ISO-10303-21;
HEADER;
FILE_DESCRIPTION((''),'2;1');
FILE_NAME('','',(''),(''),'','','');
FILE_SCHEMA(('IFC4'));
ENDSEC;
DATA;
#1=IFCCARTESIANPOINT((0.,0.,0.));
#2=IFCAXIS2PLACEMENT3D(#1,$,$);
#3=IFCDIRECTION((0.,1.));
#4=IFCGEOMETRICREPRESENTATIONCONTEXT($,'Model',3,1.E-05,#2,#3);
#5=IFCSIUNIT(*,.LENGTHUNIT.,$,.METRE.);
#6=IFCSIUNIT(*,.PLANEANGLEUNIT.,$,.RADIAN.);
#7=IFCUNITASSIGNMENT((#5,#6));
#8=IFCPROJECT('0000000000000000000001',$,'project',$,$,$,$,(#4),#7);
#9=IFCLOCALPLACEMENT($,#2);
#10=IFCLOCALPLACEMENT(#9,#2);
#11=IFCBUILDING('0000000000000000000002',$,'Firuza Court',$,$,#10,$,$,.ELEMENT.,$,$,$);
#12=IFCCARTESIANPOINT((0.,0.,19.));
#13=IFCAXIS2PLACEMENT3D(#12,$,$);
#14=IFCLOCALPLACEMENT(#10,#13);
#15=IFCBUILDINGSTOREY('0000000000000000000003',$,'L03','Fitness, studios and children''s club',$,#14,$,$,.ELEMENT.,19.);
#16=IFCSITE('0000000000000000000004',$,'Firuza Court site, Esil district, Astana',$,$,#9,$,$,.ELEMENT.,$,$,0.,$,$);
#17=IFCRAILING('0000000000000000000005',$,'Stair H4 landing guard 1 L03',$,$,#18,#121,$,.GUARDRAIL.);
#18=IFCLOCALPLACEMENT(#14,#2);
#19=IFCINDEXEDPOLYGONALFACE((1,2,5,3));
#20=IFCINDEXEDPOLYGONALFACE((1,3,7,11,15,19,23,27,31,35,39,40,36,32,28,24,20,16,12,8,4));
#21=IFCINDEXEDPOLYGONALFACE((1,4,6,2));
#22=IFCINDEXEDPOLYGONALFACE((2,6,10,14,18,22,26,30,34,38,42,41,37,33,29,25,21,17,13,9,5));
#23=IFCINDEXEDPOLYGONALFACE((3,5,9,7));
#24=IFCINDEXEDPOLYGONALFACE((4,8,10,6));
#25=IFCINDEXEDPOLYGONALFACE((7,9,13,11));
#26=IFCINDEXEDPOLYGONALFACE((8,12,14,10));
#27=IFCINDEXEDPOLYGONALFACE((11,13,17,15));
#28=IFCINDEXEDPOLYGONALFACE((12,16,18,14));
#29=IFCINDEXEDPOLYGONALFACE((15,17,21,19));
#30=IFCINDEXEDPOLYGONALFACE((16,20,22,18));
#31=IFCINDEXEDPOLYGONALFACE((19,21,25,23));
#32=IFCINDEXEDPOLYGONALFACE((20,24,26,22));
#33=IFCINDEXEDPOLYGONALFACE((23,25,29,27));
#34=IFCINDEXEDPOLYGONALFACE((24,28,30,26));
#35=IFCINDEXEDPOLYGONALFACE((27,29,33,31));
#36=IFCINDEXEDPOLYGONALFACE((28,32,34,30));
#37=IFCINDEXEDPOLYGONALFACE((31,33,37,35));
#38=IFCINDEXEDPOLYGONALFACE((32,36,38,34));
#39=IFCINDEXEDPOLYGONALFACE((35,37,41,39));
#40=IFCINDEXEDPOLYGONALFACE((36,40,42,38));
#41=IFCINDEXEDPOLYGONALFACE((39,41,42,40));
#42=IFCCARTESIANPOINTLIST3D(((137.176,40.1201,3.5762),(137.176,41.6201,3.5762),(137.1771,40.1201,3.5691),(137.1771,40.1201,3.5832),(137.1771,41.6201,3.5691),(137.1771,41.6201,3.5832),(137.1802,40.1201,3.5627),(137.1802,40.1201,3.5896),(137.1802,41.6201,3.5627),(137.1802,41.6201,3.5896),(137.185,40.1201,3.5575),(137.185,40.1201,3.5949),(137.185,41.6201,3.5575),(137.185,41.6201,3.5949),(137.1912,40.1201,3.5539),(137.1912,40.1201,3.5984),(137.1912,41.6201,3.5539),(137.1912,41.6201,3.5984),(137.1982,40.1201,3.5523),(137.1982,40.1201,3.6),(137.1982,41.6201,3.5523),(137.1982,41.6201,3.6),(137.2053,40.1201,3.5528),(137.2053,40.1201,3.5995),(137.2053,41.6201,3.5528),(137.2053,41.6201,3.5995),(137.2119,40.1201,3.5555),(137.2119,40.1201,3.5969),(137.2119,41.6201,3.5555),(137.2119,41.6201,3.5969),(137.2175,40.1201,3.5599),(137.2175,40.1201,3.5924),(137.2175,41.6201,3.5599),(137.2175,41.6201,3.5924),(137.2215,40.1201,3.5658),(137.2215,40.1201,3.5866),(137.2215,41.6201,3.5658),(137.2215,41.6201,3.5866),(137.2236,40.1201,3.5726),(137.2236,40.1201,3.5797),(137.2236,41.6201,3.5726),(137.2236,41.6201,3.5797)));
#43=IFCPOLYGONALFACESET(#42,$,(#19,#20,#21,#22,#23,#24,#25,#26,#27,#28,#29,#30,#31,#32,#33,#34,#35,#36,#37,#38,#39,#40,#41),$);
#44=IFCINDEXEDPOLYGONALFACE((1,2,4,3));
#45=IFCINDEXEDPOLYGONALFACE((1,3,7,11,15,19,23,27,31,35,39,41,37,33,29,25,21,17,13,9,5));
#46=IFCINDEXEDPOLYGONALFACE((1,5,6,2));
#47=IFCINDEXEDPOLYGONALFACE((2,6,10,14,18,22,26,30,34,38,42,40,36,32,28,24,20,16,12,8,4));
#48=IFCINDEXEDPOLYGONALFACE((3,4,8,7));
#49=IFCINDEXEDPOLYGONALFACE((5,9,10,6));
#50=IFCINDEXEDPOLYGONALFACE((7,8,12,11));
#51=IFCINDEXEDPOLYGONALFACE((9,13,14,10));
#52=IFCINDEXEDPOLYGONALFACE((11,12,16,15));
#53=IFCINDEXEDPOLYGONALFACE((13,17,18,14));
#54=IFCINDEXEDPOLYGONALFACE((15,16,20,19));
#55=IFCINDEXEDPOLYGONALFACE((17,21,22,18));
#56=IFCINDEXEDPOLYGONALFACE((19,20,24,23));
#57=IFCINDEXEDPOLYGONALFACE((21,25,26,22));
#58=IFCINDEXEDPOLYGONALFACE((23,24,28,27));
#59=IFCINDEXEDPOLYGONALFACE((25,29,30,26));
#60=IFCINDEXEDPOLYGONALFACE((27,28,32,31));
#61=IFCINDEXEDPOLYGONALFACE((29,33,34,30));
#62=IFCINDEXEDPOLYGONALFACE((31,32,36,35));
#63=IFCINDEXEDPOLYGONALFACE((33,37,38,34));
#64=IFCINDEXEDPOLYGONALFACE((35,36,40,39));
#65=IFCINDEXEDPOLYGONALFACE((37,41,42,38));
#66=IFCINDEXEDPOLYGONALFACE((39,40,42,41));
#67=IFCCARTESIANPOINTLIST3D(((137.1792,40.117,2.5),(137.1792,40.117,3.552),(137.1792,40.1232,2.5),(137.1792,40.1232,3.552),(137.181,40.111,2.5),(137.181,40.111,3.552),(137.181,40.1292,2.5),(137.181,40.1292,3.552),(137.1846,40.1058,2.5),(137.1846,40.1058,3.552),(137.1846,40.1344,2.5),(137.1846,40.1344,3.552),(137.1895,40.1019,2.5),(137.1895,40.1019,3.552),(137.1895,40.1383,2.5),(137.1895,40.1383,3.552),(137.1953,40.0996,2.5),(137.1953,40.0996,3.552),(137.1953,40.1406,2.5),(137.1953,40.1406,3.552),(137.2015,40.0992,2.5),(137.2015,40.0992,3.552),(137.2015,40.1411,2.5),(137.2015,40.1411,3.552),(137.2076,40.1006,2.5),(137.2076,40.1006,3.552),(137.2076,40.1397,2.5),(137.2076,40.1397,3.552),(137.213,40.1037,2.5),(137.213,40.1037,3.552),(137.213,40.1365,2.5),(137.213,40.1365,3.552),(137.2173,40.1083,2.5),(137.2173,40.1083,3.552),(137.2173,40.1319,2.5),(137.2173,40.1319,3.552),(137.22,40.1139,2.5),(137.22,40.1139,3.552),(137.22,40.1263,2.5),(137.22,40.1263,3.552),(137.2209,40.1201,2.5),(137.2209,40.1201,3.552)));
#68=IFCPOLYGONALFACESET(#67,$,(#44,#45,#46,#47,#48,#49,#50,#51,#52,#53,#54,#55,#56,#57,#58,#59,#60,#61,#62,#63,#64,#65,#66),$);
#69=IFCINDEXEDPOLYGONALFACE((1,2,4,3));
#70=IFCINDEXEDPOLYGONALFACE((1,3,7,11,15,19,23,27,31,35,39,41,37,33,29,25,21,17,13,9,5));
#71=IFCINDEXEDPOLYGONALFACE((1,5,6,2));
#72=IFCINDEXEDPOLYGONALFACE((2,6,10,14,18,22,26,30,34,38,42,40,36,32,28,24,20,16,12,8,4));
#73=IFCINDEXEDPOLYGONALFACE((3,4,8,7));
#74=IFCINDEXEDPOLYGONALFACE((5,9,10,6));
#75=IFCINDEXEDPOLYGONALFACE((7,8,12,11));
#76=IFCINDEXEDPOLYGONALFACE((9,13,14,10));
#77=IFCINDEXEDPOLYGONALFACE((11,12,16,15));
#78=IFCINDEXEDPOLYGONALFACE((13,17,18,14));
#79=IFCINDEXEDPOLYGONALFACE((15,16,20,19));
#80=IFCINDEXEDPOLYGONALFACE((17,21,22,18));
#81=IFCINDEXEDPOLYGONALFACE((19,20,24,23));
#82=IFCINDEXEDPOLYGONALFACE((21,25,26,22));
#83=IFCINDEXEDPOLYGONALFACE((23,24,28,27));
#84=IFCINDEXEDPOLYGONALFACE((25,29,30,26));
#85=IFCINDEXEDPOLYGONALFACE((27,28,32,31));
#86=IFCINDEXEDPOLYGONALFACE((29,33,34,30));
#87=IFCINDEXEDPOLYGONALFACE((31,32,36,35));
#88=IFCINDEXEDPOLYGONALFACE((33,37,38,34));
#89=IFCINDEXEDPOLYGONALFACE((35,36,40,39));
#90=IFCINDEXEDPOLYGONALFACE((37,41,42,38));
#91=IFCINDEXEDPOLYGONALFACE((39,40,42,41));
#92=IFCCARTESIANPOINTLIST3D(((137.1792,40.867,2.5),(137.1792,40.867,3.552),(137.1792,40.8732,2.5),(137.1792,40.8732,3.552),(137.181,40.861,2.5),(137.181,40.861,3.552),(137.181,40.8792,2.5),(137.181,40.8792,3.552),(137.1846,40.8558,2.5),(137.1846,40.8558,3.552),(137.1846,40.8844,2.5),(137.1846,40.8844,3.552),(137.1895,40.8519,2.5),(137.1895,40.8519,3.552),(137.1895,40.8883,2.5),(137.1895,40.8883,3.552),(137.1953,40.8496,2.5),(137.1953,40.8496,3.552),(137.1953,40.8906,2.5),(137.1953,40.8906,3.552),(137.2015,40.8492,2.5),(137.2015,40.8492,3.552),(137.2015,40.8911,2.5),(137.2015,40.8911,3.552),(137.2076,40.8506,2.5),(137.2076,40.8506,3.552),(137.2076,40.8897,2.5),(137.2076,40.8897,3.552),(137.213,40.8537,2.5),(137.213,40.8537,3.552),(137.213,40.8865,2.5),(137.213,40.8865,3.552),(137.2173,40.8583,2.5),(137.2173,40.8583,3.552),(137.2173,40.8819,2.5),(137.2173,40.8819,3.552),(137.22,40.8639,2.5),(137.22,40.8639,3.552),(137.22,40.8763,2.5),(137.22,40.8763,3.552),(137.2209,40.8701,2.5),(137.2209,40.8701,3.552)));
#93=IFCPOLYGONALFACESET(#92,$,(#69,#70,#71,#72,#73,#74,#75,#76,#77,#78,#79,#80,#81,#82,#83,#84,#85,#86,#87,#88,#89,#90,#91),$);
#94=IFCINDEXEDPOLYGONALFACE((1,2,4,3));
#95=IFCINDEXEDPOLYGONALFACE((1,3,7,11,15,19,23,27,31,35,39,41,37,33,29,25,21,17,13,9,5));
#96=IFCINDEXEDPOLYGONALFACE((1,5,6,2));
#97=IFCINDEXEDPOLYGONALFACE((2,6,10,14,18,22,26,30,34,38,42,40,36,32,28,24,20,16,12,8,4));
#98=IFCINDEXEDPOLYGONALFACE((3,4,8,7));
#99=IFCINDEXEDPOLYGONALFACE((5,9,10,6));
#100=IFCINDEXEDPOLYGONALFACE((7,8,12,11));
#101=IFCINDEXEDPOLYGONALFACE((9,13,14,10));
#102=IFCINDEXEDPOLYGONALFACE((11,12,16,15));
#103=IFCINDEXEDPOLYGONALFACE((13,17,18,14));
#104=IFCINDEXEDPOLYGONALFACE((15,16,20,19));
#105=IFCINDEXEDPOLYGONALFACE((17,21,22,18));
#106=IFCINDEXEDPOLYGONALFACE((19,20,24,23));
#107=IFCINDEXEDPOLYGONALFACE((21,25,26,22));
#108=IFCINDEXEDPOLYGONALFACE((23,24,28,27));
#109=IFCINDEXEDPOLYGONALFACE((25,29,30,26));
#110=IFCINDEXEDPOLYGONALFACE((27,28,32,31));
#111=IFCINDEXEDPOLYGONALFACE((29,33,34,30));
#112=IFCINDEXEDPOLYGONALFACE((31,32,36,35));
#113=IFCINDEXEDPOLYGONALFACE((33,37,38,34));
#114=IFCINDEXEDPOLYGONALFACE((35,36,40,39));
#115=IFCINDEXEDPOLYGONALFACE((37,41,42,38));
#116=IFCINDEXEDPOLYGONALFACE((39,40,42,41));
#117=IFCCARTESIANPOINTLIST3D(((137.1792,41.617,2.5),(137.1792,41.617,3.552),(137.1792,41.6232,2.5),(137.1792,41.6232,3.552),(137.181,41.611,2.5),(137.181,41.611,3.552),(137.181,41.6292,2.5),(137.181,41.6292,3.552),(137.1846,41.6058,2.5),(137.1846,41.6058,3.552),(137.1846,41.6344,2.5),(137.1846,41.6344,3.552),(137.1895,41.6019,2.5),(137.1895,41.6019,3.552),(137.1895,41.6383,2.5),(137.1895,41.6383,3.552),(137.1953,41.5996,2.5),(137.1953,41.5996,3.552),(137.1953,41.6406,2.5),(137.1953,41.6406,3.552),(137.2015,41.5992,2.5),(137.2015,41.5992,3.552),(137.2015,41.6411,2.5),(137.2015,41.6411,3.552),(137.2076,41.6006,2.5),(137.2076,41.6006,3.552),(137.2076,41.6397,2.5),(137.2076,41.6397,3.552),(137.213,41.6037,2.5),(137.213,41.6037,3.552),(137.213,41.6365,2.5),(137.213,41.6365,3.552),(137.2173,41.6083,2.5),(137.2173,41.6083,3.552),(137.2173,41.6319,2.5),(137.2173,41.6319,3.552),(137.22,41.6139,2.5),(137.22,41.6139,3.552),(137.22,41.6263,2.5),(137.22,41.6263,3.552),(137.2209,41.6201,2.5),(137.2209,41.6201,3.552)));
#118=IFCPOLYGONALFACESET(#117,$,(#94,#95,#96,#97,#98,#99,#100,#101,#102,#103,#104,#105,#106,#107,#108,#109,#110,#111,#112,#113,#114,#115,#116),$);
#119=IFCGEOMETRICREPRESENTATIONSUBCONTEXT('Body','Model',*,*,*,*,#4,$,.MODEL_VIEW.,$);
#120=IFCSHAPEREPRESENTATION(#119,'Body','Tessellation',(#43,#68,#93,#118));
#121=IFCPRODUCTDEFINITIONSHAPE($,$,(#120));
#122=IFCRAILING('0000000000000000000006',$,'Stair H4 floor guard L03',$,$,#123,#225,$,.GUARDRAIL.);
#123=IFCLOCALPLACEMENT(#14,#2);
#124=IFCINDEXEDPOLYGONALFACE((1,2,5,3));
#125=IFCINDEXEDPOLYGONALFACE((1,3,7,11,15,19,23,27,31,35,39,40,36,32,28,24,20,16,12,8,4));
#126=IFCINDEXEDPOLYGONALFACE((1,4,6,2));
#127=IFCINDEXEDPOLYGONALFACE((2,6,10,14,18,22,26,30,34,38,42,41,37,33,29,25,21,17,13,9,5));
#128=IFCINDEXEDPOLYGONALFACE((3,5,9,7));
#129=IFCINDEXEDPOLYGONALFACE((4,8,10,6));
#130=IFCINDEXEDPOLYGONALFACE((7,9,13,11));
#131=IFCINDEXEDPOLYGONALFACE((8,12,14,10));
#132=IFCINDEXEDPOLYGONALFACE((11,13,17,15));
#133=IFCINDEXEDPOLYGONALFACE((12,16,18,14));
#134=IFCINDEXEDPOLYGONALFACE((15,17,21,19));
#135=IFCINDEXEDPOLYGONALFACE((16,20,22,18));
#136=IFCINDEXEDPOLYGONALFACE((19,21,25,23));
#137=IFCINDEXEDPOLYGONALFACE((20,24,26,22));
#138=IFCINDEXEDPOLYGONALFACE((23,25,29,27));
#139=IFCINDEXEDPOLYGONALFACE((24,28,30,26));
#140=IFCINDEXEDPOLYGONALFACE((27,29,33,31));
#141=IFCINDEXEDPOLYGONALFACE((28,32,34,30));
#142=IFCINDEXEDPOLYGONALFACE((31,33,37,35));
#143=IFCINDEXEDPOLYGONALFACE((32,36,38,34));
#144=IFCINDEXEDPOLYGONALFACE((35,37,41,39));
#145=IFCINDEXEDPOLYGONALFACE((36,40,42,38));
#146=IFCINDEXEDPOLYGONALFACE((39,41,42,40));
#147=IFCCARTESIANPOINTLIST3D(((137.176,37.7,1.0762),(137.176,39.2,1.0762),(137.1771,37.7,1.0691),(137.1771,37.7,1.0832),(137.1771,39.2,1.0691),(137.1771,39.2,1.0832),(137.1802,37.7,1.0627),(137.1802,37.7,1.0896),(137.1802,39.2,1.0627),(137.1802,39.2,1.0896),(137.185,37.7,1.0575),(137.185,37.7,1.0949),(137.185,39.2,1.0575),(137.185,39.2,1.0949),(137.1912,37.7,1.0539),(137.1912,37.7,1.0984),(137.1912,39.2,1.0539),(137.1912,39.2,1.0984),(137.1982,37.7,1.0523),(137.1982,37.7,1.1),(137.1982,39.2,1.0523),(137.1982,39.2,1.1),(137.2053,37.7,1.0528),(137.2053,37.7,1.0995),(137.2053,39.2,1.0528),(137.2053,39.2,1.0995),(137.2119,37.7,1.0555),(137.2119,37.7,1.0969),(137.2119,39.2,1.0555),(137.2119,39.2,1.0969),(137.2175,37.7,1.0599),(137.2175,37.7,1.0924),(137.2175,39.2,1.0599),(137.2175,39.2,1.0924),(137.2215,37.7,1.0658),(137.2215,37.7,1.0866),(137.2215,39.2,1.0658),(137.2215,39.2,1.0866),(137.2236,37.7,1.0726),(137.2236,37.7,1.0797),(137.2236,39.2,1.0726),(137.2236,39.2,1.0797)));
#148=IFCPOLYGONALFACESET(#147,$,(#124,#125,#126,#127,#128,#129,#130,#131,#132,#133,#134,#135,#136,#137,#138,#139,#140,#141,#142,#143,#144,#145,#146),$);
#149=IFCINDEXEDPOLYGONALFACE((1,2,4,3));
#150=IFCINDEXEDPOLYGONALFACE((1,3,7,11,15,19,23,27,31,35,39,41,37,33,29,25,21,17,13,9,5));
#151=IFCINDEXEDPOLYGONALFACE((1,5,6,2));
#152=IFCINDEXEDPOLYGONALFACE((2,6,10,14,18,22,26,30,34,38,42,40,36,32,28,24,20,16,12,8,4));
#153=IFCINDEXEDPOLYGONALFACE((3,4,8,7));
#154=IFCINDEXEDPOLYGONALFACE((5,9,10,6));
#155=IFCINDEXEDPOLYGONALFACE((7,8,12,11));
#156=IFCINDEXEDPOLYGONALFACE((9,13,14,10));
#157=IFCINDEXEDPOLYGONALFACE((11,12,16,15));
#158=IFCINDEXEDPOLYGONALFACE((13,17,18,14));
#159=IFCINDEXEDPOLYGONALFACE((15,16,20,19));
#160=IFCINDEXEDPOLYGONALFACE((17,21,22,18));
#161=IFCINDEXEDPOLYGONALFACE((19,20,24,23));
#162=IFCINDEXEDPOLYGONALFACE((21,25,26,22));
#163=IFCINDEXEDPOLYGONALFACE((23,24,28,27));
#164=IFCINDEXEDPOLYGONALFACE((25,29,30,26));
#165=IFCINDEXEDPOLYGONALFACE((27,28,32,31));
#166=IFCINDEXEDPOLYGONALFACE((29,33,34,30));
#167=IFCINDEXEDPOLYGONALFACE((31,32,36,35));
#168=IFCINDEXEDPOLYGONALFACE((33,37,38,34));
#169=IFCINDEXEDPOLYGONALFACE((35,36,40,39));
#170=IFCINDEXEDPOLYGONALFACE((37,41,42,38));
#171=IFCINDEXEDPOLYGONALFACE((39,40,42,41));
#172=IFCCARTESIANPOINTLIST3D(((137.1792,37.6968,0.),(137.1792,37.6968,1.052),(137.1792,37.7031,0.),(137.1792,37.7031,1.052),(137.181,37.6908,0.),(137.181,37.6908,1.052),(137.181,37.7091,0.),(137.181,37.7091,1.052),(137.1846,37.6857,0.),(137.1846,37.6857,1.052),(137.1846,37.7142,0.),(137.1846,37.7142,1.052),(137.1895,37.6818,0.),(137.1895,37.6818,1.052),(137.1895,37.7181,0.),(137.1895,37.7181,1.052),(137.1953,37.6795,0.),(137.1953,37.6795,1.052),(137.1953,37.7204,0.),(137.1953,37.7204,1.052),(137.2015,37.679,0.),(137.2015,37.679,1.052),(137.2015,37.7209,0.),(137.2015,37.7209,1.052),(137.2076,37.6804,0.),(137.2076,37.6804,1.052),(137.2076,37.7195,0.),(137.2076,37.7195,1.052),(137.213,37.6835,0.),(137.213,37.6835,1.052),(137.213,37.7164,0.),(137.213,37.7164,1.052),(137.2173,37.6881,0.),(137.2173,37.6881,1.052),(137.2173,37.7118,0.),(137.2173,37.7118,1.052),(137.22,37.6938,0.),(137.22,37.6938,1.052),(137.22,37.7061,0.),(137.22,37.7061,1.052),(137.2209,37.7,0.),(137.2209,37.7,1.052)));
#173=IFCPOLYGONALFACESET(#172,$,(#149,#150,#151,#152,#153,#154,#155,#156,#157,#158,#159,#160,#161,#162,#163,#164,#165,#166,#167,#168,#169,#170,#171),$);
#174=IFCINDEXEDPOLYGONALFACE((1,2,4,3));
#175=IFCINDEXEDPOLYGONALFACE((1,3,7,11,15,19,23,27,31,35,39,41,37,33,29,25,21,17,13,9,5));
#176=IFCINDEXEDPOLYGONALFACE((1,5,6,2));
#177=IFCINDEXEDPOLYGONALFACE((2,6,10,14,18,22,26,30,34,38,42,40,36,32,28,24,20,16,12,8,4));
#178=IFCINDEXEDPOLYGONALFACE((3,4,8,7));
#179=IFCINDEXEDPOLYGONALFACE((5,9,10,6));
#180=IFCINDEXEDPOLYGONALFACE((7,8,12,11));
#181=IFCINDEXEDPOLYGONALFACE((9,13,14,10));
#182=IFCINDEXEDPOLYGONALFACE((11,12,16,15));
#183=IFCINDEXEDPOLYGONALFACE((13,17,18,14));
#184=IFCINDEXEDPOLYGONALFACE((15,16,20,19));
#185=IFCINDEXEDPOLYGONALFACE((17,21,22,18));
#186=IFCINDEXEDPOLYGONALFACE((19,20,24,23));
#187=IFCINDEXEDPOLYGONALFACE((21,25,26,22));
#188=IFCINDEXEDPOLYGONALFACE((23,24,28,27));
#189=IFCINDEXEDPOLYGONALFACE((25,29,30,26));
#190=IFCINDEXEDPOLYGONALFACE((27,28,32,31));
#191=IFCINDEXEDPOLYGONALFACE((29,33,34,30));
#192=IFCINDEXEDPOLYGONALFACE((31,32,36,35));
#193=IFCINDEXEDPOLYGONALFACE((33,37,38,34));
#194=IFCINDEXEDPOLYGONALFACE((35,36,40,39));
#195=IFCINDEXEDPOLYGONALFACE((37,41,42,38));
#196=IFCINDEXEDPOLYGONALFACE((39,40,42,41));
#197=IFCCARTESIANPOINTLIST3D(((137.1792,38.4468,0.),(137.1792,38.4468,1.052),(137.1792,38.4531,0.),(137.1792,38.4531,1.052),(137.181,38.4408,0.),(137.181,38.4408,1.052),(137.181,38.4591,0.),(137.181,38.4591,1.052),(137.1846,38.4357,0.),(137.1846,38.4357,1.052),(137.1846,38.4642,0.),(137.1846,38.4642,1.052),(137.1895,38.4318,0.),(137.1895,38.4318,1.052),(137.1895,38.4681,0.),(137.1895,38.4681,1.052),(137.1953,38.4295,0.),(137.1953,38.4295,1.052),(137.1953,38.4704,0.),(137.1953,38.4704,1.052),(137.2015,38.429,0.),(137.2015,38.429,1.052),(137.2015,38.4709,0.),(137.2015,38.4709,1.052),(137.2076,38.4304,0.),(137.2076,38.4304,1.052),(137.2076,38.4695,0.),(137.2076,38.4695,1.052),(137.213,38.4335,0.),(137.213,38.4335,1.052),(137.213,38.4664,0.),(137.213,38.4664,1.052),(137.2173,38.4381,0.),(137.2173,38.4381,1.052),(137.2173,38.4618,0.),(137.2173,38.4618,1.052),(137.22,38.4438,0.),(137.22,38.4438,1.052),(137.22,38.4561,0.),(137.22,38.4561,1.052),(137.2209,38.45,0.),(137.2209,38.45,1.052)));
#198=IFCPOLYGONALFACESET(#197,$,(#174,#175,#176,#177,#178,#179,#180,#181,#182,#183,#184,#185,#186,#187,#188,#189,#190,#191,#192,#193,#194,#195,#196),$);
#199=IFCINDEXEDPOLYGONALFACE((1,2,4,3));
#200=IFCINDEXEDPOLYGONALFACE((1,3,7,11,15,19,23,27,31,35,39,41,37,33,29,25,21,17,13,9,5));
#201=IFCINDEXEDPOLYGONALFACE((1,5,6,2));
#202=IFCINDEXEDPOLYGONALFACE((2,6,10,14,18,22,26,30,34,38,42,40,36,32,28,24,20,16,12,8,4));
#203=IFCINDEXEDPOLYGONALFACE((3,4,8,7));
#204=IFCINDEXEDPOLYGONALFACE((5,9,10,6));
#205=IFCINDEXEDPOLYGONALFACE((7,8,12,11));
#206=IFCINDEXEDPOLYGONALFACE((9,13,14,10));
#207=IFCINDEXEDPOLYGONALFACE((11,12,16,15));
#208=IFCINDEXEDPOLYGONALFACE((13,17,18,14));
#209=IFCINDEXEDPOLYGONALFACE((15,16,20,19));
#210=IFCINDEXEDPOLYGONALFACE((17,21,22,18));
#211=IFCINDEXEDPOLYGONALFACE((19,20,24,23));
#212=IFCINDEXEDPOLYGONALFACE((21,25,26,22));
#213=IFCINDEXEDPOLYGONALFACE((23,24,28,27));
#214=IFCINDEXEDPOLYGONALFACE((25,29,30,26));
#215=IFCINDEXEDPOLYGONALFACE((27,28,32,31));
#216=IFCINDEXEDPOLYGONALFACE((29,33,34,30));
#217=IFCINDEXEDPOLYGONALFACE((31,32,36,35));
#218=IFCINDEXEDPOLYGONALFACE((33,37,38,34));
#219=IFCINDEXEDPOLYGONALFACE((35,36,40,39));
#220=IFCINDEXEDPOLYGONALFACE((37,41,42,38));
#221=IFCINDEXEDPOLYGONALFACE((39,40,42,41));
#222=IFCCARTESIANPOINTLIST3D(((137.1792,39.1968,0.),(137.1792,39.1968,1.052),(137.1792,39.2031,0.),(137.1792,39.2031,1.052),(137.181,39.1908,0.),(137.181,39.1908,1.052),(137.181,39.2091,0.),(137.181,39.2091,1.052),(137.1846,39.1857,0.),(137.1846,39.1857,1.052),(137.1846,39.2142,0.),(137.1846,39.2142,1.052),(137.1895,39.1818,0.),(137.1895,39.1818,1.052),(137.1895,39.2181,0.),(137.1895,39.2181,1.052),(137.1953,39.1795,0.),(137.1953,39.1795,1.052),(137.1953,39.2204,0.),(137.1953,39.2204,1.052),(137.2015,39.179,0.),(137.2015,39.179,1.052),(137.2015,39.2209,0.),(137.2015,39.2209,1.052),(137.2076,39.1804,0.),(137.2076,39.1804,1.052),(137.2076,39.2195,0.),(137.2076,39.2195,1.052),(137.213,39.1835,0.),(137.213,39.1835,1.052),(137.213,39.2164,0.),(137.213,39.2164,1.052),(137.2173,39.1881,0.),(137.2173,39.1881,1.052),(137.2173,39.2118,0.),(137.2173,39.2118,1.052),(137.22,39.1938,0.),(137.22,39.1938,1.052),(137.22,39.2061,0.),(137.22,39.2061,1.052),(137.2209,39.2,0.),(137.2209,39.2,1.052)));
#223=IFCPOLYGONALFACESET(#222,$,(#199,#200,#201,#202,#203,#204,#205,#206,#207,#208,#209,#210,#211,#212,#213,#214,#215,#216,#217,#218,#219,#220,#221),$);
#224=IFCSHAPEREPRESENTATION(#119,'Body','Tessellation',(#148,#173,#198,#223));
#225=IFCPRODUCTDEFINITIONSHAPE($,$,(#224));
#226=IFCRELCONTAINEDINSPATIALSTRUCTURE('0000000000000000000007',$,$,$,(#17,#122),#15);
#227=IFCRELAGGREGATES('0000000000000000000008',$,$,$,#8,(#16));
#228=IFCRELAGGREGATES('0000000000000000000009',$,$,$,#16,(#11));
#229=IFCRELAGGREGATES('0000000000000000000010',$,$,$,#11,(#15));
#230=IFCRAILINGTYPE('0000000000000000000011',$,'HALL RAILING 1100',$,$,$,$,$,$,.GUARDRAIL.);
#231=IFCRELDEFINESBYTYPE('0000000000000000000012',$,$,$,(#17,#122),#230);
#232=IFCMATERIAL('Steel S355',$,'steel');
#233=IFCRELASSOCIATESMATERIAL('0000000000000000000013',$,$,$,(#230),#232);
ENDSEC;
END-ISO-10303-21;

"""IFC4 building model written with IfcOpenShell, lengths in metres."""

from ifc_helpers import new_model, si_unit, direction, frame, origin, origin_2d, place, context, subcontext, project, spatial, circle, extrude, material, type_object, element, save


model = new_model("IFC4")

# Units and contexts
model_context = context("Model", 3, precision=1e-05, world=origin(), true_north=direction((0.0, 1.0)))
body_context = subcontext(model_context, "Body", "Model", "MODEL_VIEW")
ifc_project = project(units=[si_unit("LENGTHUNIT", "METRE"), si_unit("PLANEANGLEUNIT", "RADIAN")], contexts=[model_context])

# Site, building, storey
site_placement = place(None, origin())
site = spatial("IfcSite", under=ifc_project, at=site_placement, Name="Firuza Court site, Esil district, Astana", CompositionType="ELEMENT", RefElevation=0.0)
building_placement = place(site_placement, origin())
building = spatial("IfcBuilding", under=site, at=building_placement, Name="Firuza Court", CompositionType="ELEMENT")
storey_placement = place(building_placement, frame((0.0, 0.0, 19.0)))
storey = spatial("IfcBuildingStorey", under=building, at=storey_placement, Name="L03", Description="Fitness, studios and children's club", CompositionType="ELEMENT", Elevation=19.0)

# Railings
ifc_material_1 = material(Name="Steel S355", Category="steel")
railing_type_1 = type_object("IfcRailingType", Name="HALL RAILING 1100", PredefinedType="GUARDRAIL", material=ifc_material_1)
for number, where, name in (
    (1, (137.2, 40.1201, 2.5), "Stair H4 landing guard 1 L03"),
    (2, (137.2, 37.7, 0.0), "Stair H4 floor guard L03"),
):
    element("IfcRailing", number, at=place(storey_placement, frame(where)), inside=storey, type_object=railing_type_1, Name=name, PredefinedType="GUARDRAIL", context=body_context, shape_type="SweptSolid", body=[
        extrude(circle(Radius=0.0239, at=origin_2d()), frame((0.0, 0.0, 1.0762), z_axis=(0.0, 1.0, 0.0), x_axis=(-1.0, 0.0, 0.0)), (0.0, 0.0, 1.0), 1.5),
        extrude(circle(Radius=0.021, at=origin_2d()), origin(), (0.0, 0.0, 1.0), 1.052),
        extrude(circle(Radius=0.021, at=origin_2d()), frame((0.0, 0.75, 0.0)), (0.0, 0.0, 1.0), 1.052),
        extrude(circle(Radius=0.021, at=origin_2d()), frame((0.0, 1.5, 0.0)), (0.0, 0.0, 1.0), 1.052),
    ])

save(model, "model.ifc")
